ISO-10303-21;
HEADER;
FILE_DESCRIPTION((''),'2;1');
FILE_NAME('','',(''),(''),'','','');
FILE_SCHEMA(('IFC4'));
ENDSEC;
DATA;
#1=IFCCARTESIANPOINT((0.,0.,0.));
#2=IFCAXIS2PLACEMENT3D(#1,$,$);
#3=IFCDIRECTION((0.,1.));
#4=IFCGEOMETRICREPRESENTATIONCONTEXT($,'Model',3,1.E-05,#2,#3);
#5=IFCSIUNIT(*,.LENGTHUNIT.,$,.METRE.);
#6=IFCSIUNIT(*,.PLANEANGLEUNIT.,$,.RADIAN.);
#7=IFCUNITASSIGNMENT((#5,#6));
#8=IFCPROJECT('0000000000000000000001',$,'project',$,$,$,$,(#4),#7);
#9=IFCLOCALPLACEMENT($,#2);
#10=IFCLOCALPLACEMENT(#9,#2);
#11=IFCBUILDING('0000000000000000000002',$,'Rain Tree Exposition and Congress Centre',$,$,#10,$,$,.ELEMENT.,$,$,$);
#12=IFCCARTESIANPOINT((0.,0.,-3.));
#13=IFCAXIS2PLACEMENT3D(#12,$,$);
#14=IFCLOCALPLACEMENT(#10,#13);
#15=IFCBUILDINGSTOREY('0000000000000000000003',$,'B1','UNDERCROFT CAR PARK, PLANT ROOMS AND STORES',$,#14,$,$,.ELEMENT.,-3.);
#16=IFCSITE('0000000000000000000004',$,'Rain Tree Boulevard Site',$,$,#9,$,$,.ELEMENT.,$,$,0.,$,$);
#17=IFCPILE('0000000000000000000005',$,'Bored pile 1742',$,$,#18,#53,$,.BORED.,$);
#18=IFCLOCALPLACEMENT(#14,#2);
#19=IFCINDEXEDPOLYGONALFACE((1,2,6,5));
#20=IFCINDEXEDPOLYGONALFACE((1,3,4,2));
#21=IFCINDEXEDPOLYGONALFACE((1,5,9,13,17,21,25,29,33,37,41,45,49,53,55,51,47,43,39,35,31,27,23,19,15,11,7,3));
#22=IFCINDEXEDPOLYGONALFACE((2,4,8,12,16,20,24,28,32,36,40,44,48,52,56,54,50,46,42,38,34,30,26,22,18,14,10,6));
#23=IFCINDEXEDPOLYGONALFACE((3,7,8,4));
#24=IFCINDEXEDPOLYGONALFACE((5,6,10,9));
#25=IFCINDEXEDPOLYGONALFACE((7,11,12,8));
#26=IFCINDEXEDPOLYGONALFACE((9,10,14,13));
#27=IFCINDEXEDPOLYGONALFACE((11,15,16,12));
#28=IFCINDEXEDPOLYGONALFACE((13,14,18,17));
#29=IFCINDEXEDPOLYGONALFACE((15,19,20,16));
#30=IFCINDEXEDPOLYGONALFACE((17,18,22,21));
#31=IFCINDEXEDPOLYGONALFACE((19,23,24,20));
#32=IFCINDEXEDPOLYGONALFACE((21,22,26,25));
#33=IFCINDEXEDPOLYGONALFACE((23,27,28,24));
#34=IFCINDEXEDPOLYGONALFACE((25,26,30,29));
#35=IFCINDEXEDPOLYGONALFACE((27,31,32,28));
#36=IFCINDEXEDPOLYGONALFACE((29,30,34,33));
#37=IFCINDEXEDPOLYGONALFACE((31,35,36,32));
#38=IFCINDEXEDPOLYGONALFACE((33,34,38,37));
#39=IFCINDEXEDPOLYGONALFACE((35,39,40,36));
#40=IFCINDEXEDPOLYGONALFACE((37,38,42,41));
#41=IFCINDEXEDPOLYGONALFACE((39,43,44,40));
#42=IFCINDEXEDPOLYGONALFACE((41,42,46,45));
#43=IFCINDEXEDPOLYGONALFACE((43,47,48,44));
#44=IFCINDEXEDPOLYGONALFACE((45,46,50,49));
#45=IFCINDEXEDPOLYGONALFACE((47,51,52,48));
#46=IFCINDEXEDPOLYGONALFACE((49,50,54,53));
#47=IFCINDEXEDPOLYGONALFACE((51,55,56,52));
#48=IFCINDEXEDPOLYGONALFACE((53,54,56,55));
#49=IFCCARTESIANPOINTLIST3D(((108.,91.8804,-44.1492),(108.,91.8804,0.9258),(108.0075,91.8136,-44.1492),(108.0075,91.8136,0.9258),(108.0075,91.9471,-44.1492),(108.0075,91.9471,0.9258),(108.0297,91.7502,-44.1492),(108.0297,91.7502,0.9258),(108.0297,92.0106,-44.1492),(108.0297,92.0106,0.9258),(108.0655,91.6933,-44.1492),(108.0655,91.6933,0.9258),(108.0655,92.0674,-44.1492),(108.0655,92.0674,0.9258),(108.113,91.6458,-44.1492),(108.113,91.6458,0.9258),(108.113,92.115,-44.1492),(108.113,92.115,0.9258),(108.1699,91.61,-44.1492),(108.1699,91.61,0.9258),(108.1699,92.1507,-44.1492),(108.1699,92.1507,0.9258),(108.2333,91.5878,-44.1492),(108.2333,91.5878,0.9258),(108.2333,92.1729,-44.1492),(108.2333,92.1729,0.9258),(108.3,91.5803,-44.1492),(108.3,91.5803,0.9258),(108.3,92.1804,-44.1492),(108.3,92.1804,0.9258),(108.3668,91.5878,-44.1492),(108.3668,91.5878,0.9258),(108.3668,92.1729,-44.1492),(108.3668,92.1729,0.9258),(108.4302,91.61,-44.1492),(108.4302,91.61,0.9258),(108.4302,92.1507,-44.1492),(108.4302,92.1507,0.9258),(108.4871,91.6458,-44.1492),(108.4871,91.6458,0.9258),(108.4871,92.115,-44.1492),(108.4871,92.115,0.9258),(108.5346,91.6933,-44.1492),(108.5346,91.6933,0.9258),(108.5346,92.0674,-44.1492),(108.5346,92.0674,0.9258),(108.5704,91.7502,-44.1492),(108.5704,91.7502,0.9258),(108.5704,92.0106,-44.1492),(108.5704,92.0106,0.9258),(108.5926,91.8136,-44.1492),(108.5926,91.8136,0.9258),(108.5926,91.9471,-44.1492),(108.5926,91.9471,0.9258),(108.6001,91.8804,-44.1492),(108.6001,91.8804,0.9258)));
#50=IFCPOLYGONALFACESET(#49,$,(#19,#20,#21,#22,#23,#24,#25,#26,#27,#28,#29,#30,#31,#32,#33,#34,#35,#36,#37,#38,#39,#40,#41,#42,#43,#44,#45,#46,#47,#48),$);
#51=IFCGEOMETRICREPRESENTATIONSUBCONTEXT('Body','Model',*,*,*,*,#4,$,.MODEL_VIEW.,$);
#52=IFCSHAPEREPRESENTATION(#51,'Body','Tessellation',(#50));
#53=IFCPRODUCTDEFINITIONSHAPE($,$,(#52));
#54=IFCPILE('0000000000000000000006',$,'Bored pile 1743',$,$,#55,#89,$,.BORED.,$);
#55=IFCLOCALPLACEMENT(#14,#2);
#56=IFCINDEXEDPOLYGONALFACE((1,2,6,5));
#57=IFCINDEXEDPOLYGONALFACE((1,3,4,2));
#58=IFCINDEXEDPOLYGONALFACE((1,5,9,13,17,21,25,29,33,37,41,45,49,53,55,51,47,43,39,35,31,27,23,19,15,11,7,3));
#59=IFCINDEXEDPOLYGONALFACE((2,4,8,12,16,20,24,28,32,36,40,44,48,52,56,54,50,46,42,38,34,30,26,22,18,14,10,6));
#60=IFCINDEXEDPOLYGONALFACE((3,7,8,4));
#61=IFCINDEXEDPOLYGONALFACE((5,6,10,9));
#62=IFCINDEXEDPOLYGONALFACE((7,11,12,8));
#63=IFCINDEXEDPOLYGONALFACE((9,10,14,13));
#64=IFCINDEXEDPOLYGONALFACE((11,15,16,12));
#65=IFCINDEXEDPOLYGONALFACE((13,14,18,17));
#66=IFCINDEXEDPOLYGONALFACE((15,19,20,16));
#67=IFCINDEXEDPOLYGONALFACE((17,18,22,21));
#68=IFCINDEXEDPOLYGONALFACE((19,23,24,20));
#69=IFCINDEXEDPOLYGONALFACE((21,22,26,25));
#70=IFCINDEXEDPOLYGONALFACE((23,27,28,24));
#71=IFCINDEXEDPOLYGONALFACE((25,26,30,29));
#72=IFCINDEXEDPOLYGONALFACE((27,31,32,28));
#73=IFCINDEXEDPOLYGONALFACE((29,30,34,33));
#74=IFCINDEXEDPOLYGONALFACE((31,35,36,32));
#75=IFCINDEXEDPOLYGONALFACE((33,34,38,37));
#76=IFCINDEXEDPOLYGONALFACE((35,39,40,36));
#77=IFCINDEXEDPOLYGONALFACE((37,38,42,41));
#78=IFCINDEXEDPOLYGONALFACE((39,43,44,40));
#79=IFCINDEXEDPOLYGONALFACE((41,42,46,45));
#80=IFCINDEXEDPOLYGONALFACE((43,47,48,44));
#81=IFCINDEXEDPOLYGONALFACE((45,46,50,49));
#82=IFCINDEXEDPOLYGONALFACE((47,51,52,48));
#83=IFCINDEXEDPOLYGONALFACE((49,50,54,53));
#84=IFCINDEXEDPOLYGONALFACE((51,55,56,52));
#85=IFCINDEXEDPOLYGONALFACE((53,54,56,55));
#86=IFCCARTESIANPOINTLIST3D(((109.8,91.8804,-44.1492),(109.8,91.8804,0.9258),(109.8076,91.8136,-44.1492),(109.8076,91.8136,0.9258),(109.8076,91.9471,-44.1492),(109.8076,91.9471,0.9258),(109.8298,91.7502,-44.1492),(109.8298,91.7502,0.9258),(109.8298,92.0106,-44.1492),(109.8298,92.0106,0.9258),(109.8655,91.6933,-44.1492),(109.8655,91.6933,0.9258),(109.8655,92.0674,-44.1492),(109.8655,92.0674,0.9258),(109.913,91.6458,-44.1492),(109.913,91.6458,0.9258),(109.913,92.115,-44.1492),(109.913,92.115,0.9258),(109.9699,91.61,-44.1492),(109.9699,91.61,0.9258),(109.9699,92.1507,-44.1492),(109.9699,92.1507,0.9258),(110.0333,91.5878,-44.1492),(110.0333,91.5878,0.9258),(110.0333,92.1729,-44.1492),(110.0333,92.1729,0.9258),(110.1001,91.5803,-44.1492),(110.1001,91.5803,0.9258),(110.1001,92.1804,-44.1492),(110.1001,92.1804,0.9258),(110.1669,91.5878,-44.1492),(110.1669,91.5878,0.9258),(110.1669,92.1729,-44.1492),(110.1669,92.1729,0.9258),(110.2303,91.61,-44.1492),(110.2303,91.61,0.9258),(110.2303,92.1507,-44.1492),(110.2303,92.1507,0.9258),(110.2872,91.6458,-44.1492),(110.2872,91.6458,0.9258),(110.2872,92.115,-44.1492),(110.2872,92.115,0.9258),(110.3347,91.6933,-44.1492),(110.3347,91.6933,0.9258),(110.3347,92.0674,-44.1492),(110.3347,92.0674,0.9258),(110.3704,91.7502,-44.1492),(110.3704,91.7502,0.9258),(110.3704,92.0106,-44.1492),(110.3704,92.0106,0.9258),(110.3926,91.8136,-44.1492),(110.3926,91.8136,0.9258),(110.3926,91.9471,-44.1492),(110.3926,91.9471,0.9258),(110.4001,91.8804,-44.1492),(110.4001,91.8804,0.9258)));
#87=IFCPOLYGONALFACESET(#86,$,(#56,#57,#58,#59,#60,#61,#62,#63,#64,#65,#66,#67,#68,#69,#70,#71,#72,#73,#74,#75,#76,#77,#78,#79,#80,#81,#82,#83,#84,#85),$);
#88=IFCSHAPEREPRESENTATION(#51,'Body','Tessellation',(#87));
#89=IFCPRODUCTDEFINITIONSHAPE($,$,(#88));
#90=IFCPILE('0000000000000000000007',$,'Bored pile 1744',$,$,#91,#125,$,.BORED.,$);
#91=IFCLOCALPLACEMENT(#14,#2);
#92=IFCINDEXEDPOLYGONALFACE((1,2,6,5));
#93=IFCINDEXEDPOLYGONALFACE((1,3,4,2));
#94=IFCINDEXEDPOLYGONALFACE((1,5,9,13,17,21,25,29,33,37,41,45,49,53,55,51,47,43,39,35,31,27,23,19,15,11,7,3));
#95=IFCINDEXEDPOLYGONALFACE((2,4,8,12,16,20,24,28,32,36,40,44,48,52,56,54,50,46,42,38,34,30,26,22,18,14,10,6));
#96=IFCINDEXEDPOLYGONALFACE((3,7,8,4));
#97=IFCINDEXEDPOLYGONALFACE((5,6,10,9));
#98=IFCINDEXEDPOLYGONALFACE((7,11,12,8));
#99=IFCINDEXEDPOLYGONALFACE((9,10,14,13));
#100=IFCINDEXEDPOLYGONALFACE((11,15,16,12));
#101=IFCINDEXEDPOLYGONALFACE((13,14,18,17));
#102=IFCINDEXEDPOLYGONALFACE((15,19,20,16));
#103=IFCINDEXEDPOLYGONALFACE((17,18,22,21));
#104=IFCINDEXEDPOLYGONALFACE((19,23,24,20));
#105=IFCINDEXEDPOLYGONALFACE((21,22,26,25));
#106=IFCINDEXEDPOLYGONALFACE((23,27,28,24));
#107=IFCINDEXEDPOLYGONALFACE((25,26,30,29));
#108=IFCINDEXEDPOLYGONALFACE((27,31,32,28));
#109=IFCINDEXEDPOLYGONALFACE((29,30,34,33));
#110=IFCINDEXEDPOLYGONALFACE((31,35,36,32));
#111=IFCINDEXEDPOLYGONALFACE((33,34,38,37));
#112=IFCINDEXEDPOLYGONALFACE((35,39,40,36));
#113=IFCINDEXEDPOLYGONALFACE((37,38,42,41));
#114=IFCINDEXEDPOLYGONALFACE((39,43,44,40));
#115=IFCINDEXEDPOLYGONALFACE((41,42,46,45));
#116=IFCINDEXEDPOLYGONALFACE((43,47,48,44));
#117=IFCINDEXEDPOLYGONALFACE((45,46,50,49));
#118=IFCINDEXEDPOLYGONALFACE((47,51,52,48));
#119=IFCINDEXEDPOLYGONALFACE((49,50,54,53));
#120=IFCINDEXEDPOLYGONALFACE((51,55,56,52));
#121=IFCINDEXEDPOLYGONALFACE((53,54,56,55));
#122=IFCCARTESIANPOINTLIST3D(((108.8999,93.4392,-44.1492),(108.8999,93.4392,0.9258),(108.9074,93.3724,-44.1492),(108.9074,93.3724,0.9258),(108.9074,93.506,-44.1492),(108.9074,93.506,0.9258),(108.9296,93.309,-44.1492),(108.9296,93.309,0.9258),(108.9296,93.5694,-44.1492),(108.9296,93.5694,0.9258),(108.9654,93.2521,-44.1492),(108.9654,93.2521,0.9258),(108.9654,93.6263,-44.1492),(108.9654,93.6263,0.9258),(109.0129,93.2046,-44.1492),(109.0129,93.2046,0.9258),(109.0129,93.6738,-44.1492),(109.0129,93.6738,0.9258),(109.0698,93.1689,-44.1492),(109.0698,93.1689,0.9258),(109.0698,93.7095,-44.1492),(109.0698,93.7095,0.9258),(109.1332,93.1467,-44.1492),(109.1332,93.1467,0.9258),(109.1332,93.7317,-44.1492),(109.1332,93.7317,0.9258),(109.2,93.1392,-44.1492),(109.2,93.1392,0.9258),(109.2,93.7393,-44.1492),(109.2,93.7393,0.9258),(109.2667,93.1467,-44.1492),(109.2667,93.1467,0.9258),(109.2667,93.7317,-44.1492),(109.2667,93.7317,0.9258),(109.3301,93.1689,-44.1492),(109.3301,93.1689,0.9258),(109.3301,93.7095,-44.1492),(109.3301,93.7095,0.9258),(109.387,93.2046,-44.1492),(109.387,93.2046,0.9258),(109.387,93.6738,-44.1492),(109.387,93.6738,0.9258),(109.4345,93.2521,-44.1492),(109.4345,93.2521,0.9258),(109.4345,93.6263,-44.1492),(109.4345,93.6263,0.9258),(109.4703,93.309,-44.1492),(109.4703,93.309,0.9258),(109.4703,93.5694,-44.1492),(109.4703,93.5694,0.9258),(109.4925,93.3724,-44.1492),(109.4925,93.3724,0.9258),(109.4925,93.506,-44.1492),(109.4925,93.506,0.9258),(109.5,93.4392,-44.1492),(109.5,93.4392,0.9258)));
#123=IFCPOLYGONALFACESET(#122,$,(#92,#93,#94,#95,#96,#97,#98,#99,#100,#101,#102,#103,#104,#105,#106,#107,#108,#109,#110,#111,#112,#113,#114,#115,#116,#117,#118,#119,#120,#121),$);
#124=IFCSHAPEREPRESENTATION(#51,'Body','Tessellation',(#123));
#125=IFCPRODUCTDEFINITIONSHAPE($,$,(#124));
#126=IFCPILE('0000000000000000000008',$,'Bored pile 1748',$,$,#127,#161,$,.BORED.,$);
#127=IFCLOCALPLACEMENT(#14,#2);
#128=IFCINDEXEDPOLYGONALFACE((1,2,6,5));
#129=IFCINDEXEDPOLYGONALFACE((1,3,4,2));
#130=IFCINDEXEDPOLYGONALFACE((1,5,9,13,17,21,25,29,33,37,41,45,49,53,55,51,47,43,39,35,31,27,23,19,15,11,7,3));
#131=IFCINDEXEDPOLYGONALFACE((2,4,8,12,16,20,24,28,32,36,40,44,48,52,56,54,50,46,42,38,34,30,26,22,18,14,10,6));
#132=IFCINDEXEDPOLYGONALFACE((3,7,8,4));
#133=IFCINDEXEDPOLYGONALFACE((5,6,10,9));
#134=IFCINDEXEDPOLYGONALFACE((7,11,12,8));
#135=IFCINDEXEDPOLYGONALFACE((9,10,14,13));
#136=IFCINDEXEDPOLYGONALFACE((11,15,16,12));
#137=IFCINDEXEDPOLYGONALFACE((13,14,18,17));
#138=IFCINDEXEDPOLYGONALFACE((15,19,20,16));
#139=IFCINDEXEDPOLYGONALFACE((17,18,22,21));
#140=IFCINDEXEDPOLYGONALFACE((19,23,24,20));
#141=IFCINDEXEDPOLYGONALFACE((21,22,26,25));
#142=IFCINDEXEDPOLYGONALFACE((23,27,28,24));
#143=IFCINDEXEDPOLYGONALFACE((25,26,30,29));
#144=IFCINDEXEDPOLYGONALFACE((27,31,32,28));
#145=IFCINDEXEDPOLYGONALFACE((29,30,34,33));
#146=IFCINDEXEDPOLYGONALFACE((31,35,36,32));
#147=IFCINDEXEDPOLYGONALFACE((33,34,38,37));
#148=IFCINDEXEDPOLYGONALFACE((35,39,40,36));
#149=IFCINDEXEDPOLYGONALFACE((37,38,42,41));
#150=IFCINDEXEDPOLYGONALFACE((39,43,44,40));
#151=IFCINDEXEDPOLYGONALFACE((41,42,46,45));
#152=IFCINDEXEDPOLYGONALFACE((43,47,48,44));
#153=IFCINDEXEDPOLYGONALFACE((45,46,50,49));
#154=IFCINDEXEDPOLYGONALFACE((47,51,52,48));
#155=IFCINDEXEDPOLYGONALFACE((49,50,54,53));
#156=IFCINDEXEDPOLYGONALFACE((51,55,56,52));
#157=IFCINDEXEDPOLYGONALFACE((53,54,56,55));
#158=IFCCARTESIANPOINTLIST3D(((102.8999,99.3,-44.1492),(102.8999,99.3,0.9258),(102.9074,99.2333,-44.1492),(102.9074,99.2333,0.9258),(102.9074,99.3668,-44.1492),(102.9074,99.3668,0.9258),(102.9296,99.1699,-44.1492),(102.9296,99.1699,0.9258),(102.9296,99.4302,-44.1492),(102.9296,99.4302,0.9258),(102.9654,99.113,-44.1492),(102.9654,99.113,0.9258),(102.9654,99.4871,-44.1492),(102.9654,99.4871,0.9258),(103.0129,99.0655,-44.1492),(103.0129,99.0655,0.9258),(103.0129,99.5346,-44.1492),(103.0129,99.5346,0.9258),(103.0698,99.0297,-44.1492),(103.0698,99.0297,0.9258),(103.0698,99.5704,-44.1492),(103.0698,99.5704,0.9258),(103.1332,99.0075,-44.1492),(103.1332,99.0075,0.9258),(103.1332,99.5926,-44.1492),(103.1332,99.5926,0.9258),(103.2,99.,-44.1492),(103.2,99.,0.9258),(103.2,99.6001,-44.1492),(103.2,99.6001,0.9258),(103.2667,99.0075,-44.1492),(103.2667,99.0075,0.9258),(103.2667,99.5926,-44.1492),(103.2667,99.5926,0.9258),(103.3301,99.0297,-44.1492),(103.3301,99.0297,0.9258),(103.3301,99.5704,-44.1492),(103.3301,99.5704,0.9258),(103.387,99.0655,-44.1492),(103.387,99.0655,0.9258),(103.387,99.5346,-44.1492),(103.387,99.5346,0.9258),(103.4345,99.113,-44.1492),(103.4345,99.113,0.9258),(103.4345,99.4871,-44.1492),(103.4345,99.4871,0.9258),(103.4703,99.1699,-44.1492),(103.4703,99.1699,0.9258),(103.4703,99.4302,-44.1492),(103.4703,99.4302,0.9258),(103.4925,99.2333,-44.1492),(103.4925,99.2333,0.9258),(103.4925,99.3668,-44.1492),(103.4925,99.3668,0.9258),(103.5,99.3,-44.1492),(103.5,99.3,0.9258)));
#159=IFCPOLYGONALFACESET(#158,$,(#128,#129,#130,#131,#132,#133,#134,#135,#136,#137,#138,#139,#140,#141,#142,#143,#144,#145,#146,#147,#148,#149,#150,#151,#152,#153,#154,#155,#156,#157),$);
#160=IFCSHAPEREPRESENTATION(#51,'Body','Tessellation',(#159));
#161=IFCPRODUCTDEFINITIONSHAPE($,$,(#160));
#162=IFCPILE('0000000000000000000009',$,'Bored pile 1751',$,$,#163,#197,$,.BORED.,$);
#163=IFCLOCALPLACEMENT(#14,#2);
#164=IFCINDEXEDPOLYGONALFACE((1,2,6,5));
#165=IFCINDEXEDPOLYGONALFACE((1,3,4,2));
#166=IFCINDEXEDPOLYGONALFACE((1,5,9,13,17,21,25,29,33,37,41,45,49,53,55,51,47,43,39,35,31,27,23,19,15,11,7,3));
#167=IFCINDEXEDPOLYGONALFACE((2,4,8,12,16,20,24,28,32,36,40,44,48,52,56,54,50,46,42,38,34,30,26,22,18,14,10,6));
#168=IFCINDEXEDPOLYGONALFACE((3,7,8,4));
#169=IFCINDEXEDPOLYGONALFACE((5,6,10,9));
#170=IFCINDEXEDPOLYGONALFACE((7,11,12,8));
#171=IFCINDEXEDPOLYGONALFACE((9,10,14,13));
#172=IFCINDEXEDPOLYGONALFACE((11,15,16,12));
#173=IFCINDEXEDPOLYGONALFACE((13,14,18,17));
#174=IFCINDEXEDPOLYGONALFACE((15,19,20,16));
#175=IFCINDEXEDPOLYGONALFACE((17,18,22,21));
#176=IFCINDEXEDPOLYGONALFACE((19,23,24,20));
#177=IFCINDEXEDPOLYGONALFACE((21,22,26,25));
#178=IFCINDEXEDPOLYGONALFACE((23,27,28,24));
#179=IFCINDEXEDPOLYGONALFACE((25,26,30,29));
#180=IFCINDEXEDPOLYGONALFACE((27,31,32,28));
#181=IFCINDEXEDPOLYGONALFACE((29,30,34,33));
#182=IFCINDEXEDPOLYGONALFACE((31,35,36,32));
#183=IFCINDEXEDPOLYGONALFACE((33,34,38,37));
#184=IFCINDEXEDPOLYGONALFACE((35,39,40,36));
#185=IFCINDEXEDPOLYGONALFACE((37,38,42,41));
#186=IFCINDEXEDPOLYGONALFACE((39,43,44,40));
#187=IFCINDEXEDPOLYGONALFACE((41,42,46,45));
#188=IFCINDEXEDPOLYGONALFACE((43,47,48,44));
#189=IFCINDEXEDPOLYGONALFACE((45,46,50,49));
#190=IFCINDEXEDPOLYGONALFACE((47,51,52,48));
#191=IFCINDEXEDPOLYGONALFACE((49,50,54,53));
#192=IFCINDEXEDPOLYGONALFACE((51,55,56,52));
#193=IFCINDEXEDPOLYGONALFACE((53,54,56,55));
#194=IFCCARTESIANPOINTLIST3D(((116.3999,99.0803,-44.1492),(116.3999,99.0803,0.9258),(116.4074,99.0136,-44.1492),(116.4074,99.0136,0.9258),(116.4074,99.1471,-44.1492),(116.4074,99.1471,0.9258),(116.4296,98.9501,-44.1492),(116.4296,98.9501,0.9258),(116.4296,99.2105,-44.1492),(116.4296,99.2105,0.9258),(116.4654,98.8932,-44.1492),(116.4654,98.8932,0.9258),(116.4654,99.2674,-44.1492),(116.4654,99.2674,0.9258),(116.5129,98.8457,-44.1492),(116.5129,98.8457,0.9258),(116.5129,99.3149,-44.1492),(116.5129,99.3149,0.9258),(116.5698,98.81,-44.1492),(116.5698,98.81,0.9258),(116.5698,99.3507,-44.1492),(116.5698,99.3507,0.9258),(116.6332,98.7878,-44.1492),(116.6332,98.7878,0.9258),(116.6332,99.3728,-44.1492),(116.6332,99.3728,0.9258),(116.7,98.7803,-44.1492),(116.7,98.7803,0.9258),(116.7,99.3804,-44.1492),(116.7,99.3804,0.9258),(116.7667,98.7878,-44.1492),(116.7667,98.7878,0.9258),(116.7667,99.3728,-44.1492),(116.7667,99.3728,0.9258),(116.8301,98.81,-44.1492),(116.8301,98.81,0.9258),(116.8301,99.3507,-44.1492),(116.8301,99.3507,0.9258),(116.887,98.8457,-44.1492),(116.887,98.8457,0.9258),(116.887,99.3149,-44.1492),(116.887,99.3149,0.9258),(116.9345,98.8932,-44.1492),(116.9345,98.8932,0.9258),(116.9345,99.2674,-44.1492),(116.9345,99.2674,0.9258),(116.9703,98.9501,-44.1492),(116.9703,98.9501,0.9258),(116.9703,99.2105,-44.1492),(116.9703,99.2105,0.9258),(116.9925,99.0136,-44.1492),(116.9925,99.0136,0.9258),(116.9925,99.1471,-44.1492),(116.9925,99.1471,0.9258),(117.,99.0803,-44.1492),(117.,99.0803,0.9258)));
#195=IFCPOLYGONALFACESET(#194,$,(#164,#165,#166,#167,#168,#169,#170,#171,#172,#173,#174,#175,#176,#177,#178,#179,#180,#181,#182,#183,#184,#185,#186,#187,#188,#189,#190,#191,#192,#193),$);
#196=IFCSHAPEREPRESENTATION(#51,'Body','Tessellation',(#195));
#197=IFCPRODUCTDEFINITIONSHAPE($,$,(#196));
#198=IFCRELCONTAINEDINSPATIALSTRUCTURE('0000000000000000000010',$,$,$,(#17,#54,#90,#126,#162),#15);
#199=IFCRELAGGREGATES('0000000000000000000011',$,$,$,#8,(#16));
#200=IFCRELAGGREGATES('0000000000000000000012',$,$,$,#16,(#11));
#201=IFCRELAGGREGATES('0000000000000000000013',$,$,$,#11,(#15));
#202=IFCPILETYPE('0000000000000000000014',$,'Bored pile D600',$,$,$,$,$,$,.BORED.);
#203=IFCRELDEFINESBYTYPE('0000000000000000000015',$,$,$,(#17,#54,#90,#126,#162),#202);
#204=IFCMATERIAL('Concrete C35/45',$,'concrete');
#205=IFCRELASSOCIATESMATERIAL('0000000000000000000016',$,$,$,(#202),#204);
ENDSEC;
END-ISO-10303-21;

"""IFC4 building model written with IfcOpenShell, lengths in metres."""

from ifc_helpers import new_model, si_unit, direction, frame, origin, origin_2d, place, context, subcontext, project, spatial, circle, extrude, material, material_profile, profile_set, type_object, element, save


model = new_model("IFC4")

# Units and contexts
model_context = context("Model", 3, precision=1e-05, world=origin(), true_north=direction((0.0, 1.0)))
body_context = subcontext(model_context, "Body", "Model", "MODEL_VIEW")
ifc_project = project(units=[si_unit("LENGTHUNIT", "METRE"), si_unit("PLANEANGLEUNIT", "RADIAN")], contexts=[model_context])

# Site, building, storey
site_placement = place(None, origin())
site = spatial("IfcSite", under=ifc_project, at=site_placement, Name="Rain Tree Boulevard Site", CompositionType="ELEMENT", RefElevation=0.0)
building_placement = place(site_placement, origin())
building = spatial("IfcBuilding", under=site, at=building_placement, Name="Rain Tree Exposition and Congress Centre", CompositionType="ELEMENT")
storey_placement = place(building_placement, frame((0.0, 0.0, -3.0)))
storey = spatial("IfcBuildingStorey", under=building, at=storey_placement, Name="B1", Description="UNDERCROFT CAR PARK, PLANT ROOMS AND STORES", CompositionType="ELEMENT", Elevation=-3.0)

# Piles
ifc_material_1 = material(Name="Concrete C35/45", Category="concrete")
ifc_material_profile_1 = material_profile(ifc_material_1, circle(Radius=0.3, at=origin_2d()), Name="D600")
ifc_profile_set_1 = profile_set([ifc_material_profile_1], Name="Concrete C35/45")
pile_type_1 = type_object("IfcPileType", Name="Bored pile D600", PredefinedType="BORED", material=ifc_profile_set_1)
for number, where, z_axis, x_axis, name in (
    (1, (108.3, 91.8804, 0.9258), (0.0, 0.0, -1.0), (1.0, 0.0, 0.0), "Bored pile 1742"),
    (2, (110.1001, 91.8804, 0.9258), (0.0, 0.0, -1.0), (1.0, 0.0, 0.0), "Bored pile 1743"),
    (3, (109.2, 93.4392, 0.9258), (0.0, 0.0, -1.0), (1.0, 0.0, 0.0), "Bored pile 1744"),
    (4, (103.2, 99.3, 0.9258), (0.0, 0.0, -1.0), (1.0, 0.0, 0.0), "Bored pile 1748"),
    (5, (116.7, 99.0803, 0.9258), (0.0, 0.0, -1.0), (1.0, 0.0, 0.0), "Bored pile 1751"),
):
    element("IfcPile", number, at=place(storey_placement, frame(where, z_axis=z_axis, x_axis=x_axis)), inside=storey, type_object=pile_type_1, Name=name, PredefinedType="BORED", context=body_context, shape_type="SweptSolid", body=[
        extrude(circle(Radius=0.3, at=origin_2d()), origin(), (0.0, 0.0, 1.0), 45.075),
    ])

save(model, "model.ifc")
